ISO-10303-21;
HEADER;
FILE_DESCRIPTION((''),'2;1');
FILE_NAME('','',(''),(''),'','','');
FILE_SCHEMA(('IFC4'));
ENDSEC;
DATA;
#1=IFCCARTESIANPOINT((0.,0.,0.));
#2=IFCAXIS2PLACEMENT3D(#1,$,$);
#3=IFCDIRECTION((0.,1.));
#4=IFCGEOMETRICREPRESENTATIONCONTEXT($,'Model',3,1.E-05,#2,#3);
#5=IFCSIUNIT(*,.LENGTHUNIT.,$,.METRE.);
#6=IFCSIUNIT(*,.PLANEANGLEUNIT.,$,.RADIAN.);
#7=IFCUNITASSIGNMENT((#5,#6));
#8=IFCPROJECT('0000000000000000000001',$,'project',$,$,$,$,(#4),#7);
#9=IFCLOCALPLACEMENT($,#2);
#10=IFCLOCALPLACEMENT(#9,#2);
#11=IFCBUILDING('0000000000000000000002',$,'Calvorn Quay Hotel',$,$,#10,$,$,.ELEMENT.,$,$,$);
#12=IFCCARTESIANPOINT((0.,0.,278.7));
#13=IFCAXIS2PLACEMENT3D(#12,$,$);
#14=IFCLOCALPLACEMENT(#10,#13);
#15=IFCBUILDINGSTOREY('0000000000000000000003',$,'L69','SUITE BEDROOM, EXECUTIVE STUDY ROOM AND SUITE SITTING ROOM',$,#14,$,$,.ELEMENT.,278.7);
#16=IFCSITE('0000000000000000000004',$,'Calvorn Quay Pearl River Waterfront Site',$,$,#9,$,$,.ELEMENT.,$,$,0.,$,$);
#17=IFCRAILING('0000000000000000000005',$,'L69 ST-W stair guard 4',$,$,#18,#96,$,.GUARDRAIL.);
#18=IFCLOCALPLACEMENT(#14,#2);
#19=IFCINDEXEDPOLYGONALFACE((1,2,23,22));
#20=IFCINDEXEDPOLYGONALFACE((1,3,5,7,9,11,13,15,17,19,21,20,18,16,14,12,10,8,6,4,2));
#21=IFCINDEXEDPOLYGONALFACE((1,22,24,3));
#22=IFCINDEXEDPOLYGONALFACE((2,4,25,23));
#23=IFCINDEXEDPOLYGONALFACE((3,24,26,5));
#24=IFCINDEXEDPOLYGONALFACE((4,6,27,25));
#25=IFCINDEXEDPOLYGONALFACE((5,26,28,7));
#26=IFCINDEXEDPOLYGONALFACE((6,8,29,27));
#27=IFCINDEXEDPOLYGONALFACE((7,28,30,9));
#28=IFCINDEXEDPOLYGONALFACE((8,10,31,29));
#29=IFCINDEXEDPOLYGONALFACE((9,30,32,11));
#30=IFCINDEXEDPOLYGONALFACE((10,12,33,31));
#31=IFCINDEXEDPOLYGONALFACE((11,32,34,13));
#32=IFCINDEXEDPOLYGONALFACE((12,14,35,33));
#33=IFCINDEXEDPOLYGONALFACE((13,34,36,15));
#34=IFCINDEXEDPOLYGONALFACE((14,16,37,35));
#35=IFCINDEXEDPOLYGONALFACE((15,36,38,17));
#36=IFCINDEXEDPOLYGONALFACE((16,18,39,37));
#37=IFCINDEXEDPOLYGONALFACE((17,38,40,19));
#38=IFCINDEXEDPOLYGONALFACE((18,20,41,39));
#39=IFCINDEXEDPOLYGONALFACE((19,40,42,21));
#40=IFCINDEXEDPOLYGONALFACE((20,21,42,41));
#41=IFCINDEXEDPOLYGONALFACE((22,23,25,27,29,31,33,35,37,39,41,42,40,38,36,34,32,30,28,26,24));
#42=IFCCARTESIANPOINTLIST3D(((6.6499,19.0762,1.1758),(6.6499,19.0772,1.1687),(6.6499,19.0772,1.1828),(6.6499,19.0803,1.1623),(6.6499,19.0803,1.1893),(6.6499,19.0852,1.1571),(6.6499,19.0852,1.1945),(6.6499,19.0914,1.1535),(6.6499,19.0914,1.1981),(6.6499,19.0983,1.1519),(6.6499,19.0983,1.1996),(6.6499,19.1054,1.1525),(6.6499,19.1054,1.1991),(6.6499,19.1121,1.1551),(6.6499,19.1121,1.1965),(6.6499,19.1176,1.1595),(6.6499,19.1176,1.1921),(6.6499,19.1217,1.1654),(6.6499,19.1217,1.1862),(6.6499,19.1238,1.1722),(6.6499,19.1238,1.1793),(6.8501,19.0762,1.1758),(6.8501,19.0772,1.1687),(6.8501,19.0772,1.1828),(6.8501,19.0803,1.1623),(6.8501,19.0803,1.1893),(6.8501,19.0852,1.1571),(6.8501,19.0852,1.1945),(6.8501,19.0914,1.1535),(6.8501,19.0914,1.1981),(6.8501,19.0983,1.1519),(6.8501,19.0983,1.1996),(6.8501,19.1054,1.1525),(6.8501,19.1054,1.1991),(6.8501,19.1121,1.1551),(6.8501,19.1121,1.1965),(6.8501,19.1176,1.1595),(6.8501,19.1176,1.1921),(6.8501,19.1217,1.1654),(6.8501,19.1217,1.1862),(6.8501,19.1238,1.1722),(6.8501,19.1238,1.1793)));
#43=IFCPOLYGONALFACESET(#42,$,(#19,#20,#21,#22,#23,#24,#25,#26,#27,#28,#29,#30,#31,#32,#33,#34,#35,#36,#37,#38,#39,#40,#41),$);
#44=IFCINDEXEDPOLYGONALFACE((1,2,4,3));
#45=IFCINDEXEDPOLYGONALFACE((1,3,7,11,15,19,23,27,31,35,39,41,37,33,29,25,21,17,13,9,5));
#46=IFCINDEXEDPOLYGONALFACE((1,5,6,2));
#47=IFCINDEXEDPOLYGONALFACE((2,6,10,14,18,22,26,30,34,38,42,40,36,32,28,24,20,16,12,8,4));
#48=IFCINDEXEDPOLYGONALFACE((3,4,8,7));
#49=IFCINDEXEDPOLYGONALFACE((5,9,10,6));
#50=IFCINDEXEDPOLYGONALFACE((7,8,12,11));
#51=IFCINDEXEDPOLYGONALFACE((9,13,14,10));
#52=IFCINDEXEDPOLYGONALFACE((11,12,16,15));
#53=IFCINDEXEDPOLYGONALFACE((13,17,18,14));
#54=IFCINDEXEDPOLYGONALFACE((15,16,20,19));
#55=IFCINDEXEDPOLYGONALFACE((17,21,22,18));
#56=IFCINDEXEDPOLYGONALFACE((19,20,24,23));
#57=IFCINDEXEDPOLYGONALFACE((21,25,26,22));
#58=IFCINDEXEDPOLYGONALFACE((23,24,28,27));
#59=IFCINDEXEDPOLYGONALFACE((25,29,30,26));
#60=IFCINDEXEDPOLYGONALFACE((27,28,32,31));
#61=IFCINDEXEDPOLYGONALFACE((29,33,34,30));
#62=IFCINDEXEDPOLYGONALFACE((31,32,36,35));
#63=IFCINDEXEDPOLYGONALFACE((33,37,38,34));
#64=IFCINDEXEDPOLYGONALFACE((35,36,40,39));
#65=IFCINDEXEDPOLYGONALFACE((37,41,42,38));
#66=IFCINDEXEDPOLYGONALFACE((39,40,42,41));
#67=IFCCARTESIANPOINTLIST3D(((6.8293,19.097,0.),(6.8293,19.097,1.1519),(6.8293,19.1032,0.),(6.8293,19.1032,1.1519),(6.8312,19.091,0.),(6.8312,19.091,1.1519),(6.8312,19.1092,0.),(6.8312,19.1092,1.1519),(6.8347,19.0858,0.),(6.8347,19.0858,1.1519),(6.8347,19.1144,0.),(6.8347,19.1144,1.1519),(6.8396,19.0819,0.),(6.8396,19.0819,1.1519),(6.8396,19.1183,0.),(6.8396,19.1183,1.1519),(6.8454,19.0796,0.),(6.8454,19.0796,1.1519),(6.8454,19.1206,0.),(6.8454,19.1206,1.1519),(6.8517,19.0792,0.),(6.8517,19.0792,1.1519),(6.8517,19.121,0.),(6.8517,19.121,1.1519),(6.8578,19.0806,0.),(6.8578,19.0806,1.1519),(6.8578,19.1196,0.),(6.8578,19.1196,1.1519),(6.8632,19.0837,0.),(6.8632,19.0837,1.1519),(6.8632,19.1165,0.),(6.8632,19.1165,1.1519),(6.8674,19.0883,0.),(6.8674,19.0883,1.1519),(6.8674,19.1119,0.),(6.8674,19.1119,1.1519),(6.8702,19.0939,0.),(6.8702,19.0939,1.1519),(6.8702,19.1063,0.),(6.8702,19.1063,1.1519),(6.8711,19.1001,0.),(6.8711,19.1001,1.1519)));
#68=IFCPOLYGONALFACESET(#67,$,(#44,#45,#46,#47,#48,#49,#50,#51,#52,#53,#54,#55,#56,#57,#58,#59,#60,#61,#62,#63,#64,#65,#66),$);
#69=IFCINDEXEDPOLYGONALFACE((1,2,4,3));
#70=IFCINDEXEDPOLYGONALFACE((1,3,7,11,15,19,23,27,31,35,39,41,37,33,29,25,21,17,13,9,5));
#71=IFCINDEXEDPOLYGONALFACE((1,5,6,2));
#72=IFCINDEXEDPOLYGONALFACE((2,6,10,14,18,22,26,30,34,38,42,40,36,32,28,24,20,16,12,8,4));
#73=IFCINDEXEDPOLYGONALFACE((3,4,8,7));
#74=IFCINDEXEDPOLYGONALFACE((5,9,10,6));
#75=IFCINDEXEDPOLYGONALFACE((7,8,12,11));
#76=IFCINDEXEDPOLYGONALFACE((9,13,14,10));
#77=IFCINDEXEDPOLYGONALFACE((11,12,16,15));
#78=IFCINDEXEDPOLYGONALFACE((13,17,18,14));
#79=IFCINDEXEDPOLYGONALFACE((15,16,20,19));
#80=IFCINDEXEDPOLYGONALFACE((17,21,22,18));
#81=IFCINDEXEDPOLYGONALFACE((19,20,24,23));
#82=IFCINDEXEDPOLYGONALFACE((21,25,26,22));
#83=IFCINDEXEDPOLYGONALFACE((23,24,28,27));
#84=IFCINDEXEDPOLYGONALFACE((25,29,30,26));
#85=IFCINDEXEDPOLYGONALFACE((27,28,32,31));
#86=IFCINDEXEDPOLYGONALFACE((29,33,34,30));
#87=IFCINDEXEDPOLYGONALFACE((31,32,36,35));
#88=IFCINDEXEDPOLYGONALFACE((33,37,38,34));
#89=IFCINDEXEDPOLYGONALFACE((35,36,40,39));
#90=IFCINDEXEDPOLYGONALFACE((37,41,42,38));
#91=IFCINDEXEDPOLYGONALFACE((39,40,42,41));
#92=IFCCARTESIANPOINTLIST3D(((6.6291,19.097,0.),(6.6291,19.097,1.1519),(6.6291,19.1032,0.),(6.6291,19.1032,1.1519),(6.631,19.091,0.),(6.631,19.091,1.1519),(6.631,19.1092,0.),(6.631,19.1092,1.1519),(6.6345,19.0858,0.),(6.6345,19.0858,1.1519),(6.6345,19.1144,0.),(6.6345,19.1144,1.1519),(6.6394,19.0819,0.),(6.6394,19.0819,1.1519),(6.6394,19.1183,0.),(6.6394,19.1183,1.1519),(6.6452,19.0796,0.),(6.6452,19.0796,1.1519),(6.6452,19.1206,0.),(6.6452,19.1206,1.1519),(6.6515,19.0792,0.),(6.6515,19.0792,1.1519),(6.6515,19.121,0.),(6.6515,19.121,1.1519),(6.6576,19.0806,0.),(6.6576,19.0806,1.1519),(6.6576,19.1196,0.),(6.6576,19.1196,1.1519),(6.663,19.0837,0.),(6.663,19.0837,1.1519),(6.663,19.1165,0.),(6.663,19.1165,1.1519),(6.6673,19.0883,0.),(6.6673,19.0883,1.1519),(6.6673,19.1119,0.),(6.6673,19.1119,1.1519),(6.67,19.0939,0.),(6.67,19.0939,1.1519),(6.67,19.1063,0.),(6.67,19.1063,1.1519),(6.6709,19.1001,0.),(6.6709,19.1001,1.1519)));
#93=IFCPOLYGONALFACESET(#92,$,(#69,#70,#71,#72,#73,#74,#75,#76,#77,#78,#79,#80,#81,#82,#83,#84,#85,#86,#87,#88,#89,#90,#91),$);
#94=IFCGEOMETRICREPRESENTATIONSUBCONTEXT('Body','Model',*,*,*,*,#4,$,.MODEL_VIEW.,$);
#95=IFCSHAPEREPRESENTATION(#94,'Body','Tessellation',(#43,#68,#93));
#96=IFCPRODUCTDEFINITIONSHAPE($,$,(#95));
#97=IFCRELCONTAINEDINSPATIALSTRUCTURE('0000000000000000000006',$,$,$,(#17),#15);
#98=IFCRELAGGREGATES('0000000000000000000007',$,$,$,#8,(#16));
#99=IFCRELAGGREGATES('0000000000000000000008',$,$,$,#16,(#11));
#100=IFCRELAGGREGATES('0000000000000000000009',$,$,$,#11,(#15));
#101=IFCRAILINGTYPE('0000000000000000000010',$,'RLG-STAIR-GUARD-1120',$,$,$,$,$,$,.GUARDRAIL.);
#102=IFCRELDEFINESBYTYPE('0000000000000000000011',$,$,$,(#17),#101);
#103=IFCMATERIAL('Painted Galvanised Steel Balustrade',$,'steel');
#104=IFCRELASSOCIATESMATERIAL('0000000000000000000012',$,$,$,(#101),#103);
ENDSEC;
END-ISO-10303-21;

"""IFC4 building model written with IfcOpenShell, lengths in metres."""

from ifc_helpers import new_model, si_unit, direction, frame, origin, origin_2d, place, context, subcontext, project, spatial, circle, extrude, material, type_object, element, save


model = new_model("IFC4")

# Units and contexts
model_context = context("Model", 3, precision=1e-05, world=origin(), true_north=direction((0.0, 1.0)))
body_context = subcontext(model_context, "Body", "Model", "MODEL_VIEW")
ifc_project = project(units=[si_unit("LENGTHUNIT", "METRE"), si_unit("PLANEANGLEUNIT", "RADIAN")], contexts=[model_context])

# Site, building, storey
site_placement = place(None, origin())
site = spatial("IfcSite", under=ifc_project, at=site_placement, Name="Calvorn Quay Pearl River Waterfront Site", CompositionType="ELEMENT", RefElevation=0.0)
building_placement = place(site_placement, origin())
building = spatial("IfcBuilding", under=site, at=building_placement, Name="Calvorn Quay Hotel", CompositionType="ELEMENT")
storey_placement = place(building_placement, frame((0.0, 0.0, 278.7)))
storey = spatial("IfcBuildingStorey", under=building, at=storey_placement, Name="L69", Description="SUITE BEDROOM, EXECUTIVE STUDY ROOM AND SUITE SITTING ROOM", CompositionType="ELEMENT", Elevation=278.7)

# Railing
ifc_material_1 = material(Name="Painted Galvanised Steel Balustrade", Category="steel")
railing_type_1 = type_object("IfcRailingType", Name="RLG-STAIR-GUARD-1120", PredefinedType="GUARDRAIL", material=ifc_material_1)
railing_1_placement = place(storey_placement, frame((6.8501, 19.1001, 0.0)))
element("IfcRailing", 1, at=railing_1_placement, inside=storey, type_object=railing_type_1, Name="L69 ST-W stair guard 4", PredefinedType="GUARDRAIL", context=body_context, shape_type="SweptSolid", body=[
    extrude(circle(Radius=0.0239, at=origin_2d()), frame((0.0, 0.0, 1.1758), z_axis=(-1.0, 0.0, 0.0), x_axis=(0.0, -1.0, 0.0)), (0.0, 0.0, 1.0), 0.2002),
    extrude(circle(Radius=0.021, at=origin_2d()), origin(), (0.0, 0.0, 1.0), 1.1519),
    extrude(circle(Radius=0.021, at=origin_2d()), frame((-0.2002, 0.0, 0.0)), (0.0, 0.0, 1.0), 1.1519),
])

save(model, "model.ifc")
